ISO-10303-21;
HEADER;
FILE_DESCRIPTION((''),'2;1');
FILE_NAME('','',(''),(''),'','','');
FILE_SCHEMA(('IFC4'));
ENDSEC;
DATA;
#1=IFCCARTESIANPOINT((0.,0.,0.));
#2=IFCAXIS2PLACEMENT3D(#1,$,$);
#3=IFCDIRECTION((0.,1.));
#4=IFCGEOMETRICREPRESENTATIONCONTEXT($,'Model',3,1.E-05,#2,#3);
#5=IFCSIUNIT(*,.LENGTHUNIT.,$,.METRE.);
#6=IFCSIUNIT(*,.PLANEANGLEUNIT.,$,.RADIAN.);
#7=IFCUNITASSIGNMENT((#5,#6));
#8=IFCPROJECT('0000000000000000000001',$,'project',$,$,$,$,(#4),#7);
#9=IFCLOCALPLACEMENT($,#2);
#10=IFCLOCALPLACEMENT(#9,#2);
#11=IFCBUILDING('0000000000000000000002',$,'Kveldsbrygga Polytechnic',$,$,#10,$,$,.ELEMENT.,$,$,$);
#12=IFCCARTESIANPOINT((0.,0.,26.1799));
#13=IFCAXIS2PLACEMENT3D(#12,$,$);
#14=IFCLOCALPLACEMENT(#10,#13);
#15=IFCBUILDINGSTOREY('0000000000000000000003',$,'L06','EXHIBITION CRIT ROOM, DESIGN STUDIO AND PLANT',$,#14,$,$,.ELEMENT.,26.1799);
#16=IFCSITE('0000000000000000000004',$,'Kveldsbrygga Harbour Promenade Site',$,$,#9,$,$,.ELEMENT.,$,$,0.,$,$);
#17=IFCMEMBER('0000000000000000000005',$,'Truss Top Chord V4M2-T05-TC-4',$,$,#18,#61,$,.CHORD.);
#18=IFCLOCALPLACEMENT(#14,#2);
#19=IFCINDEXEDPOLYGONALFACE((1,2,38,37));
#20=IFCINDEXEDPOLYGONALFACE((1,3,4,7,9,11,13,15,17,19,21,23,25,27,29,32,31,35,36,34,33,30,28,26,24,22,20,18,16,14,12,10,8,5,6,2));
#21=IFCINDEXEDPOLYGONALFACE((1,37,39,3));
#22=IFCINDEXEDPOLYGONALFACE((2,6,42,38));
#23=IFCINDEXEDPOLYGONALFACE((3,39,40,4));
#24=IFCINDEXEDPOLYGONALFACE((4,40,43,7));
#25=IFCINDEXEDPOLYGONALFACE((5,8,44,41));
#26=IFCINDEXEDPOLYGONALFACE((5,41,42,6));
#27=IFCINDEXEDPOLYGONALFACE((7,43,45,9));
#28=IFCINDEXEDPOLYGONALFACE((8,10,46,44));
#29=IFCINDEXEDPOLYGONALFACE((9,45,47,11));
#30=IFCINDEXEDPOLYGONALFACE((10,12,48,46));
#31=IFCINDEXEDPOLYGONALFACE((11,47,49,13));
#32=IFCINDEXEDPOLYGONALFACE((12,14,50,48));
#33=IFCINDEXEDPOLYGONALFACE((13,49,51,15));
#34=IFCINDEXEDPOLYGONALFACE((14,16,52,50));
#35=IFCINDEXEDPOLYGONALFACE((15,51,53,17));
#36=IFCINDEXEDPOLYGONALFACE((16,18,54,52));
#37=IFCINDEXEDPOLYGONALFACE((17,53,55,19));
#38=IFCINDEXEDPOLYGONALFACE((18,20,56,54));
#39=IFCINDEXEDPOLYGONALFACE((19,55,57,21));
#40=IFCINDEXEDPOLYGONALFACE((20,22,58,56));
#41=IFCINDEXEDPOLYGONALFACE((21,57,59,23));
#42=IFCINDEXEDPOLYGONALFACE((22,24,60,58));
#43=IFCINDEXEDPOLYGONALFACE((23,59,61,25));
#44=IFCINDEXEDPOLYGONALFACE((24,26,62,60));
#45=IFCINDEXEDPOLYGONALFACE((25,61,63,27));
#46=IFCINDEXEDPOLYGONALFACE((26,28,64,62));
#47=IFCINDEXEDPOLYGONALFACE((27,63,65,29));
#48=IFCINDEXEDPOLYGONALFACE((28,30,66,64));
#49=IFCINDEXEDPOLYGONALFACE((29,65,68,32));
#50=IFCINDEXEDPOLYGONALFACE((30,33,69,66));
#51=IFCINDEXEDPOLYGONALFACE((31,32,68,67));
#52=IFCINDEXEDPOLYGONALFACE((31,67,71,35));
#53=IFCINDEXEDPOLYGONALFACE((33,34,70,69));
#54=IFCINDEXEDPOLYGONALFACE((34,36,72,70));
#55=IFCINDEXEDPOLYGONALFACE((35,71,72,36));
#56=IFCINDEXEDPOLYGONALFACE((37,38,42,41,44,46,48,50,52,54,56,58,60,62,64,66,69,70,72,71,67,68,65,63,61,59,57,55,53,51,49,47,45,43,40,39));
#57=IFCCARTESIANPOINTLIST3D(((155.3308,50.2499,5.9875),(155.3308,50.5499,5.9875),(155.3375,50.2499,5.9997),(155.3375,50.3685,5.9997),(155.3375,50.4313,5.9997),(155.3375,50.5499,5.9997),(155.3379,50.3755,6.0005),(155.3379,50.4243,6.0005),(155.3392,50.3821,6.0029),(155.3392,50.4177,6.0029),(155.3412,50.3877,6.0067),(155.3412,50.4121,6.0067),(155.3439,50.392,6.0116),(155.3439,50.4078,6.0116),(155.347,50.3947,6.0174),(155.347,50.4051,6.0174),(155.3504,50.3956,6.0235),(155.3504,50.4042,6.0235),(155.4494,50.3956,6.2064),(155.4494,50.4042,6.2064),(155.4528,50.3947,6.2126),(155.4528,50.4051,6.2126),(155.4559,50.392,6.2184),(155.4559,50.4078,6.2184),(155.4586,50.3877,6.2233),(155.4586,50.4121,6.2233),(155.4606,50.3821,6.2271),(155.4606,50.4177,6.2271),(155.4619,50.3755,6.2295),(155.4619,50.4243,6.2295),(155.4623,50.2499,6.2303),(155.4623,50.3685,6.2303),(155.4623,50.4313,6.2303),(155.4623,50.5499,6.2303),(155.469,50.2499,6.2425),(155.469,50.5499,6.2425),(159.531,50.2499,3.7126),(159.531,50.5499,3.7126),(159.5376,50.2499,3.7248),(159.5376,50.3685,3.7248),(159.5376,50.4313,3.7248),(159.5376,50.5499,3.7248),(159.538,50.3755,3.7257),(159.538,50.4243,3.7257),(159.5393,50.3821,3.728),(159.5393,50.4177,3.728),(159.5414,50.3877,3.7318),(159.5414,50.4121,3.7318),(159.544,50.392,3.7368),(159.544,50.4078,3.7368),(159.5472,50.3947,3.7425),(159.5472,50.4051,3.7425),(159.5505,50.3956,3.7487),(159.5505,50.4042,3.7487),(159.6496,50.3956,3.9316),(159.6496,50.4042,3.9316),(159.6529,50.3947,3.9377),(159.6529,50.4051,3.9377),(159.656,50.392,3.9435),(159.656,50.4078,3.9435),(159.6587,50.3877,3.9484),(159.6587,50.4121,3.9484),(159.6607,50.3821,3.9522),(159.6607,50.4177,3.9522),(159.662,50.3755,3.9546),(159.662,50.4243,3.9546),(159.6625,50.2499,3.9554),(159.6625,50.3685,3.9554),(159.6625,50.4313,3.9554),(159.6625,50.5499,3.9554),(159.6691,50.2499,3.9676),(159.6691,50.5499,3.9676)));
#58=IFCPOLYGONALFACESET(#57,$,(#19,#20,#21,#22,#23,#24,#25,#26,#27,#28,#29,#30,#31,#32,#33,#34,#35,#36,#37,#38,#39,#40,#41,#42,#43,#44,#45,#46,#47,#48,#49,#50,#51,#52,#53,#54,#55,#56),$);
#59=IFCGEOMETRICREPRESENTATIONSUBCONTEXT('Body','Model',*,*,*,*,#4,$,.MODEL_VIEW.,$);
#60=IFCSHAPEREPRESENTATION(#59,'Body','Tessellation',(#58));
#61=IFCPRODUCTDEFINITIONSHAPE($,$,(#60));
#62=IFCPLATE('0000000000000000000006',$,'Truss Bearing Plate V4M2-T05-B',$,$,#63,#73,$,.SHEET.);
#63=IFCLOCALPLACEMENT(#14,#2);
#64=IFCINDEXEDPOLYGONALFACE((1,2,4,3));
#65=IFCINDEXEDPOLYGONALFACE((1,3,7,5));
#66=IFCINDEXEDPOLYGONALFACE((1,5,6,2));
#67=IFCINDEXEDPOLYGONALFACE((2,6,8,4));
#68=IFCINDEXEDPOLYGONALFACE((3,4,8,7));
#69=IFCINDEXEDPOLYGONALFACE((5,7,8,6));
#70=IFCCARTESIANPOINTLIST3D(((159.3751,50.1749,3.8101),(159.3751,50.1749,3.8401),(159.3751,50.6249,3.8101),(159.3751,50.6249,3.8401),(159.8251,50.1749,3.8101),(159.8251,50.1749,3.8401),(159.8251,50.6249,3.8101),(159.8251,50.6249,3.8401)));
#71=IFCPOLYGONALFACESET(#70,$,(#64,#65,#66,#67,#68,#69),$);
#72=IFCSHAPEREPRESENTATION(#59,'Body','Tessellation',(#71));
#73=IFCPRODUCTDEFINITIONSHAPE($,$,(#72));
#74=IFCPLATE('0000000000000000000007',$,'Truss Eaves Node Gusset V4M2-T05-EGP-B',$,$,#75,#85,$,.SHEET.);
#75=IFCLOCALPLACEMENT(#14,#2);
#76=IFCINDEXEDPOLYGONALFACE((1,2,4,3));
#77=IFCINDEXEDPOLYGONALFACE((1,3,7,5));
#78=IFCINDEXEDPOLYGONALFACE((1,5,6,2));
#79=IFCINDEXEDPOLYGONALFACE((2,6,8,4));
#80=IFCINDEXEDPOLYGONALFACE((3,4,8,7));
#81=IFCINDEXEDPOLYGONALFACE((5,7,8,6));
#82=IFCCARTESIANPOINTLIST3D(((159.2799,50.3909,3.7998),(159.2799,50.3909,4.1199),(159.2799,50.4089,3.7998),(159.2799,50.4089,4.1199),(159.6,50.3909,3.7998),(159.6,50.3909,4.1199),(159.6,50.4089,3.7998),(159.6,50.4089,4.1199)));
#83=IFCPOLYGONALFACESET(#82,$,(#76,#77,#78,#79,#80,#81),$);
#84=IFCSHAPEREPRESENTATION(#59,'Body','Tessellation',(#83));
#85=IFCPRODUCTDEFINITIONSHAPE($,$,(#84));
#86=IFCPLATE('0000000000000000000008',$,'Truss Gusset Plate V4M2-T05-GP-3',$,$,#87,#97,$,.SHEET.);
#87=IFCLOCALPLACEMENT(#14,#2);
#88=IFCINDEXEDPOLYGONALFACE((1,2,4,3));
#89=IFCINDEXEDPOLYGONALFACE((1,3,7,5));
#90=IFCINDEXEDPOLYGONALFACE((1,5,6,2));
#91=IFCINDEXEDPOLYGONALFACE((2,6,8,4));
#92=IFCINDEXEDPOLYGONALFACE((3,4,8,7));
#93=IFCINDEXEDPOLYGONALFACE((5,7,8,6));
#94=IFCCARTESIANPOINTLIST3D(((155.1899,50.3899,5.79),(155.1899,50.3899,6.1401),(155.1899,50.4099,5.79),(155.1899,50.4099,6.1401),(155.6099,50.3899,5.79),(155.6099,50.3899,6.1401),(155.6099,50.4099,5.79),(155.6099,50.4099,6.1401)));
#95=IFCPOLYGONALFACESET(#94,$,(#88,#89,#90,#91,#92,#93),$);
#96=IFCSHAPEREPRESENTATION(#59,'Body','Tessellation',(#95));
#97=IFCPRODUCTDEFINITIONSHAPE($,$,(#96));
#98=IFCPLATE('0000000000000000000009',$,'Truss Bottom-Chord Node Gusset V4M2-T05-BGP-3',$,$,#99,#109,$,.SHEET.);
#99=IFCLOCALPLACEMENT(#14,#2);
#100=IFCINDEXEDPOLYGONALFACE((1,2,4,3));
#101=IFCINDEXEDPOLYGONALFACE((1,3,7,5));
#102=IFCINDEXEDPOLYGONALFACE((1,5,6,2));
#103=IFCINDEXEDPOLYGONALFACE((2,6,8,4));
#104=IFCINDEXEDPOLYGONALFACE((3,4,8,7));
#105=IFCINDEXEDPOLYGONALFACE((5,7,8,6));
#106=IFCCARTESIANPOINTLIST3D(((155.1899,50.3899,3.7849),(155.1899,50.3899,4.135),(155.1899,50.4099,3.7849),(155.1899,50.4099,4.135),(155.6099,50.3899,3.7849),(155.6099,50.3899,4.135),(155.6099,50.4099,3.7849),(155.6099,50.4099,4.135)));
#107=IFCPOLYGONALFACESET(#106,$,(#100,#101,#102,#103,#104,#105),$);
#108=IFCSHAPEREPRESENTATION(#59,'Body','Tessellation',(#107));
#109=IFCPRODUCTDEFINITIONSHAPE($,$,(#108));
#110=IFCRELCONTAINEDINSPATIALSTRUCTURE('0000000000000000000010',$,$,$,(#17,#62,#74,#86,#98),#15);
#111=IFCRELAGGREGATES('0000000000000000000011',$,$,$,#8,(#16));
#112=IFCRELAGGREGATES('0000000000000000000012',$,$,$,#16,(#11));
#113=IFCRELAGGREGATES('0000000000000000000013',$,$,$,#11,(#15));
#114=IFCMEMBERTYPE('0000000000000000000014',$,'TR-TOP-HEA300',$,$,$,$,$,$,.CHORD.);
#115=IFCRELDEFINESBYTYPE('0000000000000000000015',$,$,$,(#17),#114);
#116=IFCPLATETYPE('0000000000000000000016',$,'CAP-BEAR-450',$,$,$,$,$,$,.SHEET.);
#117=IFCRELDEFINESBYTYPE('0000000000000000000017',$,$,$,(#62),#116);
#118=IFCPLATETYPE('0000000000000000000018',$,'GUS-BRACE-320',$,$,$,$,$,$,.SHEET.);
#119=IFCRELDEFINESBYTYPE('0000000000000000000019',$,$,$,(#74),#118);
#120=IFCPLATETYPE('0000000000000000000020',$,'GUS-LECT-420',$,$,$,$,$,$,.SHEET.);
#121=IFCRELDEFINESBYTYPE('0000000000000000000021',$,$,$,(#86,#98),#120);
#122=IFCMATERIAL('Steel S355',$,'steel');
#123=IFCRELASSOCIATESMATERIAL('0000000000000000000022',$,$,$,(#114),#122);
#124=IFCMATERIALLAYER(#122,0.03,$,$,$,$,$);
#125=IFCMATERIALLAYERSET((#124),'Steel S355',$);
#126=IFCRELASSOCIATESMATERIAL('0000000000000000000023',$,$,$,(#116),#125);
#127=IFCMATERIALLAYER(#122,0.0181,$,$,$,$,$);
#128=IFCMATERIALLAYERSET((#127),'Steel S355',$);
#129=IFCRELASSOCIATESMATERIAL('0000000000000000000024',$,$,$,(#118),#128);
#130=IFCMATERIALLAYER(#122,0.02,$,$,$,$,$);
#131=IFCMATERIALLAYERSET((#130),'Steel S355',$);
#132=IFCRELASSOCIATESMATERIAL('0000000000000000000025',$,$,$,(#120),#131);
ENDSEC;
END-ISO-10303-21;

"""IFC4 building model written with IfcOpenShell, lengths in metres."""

from ifc_helpers import new_model, si_unit, direction, frame, origin, origin_2d, place, context, subcontext, project, spatial, rectangle, i_section, extrude, material, layer, layer_set, material_profile, profile_set, type_object, element, save


model = new_model("IFC4")

# Units and contexts
model_context = context("Model", 3, precision=1e-05, world=origin(), true_north=direction((0.0, 1.0)))
body_context = subcontext(model_context, "Body", "Model", "MODEL_VIEW")
ifc_project = project(units=[si_unit("LENGTHUNIT", "METRE"), si_unit("PLANEANGLEUNIT", "RADIAN")], contexts=[model_context])

# Site, building, storey
site_placement = place(None, origin())
site = spatial("IfcSite", under=ifc_project, at=site_placement, Name="Kveldsbrygga Harbour Promenade Site", CompositionType="ELEMENT", RefElevation=0.0)
building_placement = place(site_placement, origin())
building = spatial("IfcBuilding", under=site, at=building_placement, Name="Kveldsbrygga Polytechnic", CompositionType="ELEMENT")
storey_placement = place(building_placement, frame((0.0, 0.0, 26.1799)))
storey = spatial("IfcBuildingStorey", under=building, at=storey_placement, Name="L06", Description="EXHIBITION CRIT ROOM, DESIGN STUDIO AND PLANT", CompositionType="ELEMENT", Elevation=26.1799)

# Shared definitions
ifc_material_1 = material(Name="Steel S355", Category="steel")

# Member
ifc_material_profile_1 = material_profile(ifc_material_1, i_section(OverallWidth=0.3, OverallDepth=0.29, WebThickness=0.0085, FlangeThickness=0.0139, FilletRadius=0.0271, at=origin_2d()), Name="HEA 300")
ifc_profile_set_1 = profile_set([ifc_material_profile_1], Name="Steel S355")
member_type_1 = type_object("IfcMemberType", Name="TR-TOP-HEA300", PredefinedType="CHORD", material=ifc_profile_set_1)
member_1_placement = place(storey_placement, frame((155.3999, 50.3999, 6.115), z_axis=(0.87931, 0.0, -0.47625), x_axis=(0.0, 1.0, 0.0)))
element("IfcMember", 1, at=member_1_placement, inside=storey, type_object=member_type_1, Name="Truss Top Chord V4M2-T05-TC-4", PredefinedType="CHORD", context=body_context, shape_type="SweptSolid", body=[
    extrude(i_section(OverallWidth=0.3, OverallDepth=0.29, WebThickness=0.0085, FlangeThickness=0.0139, FilletRadius=0.0271, at=origin_2d()), origin(), (0.0, 0.0, 1.0), 4.7766),
])

# Plates
ifc_layer_1 = layer(ifc_material_1, 0.03)
ifc_layer_set_1 = layer_set([ifc_layer_1], Name="Steel S355")
plate_type_1 = type_object("IfcPlateType", Name="CAP-BEAR-450", PredefinedType="SHEET", material=ifc_layer_set_1)
plate_1_placement = place(storey_placement, frame((159.6001, 50.3999, 3.8101), z_axis=(0.0, 0.0, 1.0), x_axis=(1.0, 0.0, 0.0)))
element("IfcPlate", 2, at=plate_1_placement, inside=storey, type_object=plate_type_1, Name="Truss Bearing Plate V4M2-T05-B", PredefinedType="SHEET", context=body_context, shape_type="SweptSolid", body=[
    extrude(rectangle(XDim=0.45, YDim=0.45, at=origin_2d()), origin(), (0.0, 0.0, 1.0), 0.03),
])
ifc_layer_2 = layer(ifc_material_1, 0.0181)
ifc_layer_set_2 = layer_set([ifc_layer_2], Name="Steel S355")
plate_type_2 = type_object("IfcPlateType", Name="GUS-BRACE-320", PredefinedType="SHEET", material=ifc_layer_set_2)
plate_2_placement = place(storey_placement, frame((159.4399, 50.3999, 3.7998), z_axis=(0.0, 0.0, 1.0), x_axis=(1.0, 0.0, 0.0)))
element("IfcPlate", 3, at=plate_2_placement, inside=storey, type_object=plate_type_2, Name="Truss Eaves Node Gusset V4M2-T05-EGP-B", PredefinedType="SHEET", context=body_context, shape_type="SweptSolid", body=[
    extrude(rectangle(XDim=0.3201, YDim=0.0181, at=origin_2d()), origin(), (0.0, 0.0, 1.0), 0.3201),
])
ifc_layer_3 = layer(ifc_material_1, 0.02)
ifc_layer_set_3 = layer_set([ifc_layer_3], Name="Steel S355")
plate_type_3 = type_object("IfcPlateType", Name="GUS-LECT-420", PredefinedType="SHEET", material=ifc_layer_set_3)
for number, where, z_axis, x_axis, name in (
    (4, (155.3999, 50.3999, 5.79), (0.0, 0.0, 1.0), (1.0, 0.0, 0.0), "Truss Gusset Plate V4M2-T05-GP-3"),
    (5, (155.3999, 50.3999, 3.7849), (0.0, 0.0, 1.0), (1.0, 0.0, 0.0), "Truss Bottom-Chord Node Gusset V4M2-T05-BGP-3"),
):
    element("IfcPlate", number, at=place(storey_placement, frame(where, z_axis=z_axis, x_axis=x_axis)), inside=storey, type_object=plate_type_3, Name=name, PredefinedType="SHEET", context=body_context, shape_type="SweptSolid", body=[
        extrude(rectangle(XDim=0.4199, YDim=0.02, at=origin_2d()), origin(), (0.0, 0.0, 1.0), 0.3501),
    ])

save(model, "model.ifc")
